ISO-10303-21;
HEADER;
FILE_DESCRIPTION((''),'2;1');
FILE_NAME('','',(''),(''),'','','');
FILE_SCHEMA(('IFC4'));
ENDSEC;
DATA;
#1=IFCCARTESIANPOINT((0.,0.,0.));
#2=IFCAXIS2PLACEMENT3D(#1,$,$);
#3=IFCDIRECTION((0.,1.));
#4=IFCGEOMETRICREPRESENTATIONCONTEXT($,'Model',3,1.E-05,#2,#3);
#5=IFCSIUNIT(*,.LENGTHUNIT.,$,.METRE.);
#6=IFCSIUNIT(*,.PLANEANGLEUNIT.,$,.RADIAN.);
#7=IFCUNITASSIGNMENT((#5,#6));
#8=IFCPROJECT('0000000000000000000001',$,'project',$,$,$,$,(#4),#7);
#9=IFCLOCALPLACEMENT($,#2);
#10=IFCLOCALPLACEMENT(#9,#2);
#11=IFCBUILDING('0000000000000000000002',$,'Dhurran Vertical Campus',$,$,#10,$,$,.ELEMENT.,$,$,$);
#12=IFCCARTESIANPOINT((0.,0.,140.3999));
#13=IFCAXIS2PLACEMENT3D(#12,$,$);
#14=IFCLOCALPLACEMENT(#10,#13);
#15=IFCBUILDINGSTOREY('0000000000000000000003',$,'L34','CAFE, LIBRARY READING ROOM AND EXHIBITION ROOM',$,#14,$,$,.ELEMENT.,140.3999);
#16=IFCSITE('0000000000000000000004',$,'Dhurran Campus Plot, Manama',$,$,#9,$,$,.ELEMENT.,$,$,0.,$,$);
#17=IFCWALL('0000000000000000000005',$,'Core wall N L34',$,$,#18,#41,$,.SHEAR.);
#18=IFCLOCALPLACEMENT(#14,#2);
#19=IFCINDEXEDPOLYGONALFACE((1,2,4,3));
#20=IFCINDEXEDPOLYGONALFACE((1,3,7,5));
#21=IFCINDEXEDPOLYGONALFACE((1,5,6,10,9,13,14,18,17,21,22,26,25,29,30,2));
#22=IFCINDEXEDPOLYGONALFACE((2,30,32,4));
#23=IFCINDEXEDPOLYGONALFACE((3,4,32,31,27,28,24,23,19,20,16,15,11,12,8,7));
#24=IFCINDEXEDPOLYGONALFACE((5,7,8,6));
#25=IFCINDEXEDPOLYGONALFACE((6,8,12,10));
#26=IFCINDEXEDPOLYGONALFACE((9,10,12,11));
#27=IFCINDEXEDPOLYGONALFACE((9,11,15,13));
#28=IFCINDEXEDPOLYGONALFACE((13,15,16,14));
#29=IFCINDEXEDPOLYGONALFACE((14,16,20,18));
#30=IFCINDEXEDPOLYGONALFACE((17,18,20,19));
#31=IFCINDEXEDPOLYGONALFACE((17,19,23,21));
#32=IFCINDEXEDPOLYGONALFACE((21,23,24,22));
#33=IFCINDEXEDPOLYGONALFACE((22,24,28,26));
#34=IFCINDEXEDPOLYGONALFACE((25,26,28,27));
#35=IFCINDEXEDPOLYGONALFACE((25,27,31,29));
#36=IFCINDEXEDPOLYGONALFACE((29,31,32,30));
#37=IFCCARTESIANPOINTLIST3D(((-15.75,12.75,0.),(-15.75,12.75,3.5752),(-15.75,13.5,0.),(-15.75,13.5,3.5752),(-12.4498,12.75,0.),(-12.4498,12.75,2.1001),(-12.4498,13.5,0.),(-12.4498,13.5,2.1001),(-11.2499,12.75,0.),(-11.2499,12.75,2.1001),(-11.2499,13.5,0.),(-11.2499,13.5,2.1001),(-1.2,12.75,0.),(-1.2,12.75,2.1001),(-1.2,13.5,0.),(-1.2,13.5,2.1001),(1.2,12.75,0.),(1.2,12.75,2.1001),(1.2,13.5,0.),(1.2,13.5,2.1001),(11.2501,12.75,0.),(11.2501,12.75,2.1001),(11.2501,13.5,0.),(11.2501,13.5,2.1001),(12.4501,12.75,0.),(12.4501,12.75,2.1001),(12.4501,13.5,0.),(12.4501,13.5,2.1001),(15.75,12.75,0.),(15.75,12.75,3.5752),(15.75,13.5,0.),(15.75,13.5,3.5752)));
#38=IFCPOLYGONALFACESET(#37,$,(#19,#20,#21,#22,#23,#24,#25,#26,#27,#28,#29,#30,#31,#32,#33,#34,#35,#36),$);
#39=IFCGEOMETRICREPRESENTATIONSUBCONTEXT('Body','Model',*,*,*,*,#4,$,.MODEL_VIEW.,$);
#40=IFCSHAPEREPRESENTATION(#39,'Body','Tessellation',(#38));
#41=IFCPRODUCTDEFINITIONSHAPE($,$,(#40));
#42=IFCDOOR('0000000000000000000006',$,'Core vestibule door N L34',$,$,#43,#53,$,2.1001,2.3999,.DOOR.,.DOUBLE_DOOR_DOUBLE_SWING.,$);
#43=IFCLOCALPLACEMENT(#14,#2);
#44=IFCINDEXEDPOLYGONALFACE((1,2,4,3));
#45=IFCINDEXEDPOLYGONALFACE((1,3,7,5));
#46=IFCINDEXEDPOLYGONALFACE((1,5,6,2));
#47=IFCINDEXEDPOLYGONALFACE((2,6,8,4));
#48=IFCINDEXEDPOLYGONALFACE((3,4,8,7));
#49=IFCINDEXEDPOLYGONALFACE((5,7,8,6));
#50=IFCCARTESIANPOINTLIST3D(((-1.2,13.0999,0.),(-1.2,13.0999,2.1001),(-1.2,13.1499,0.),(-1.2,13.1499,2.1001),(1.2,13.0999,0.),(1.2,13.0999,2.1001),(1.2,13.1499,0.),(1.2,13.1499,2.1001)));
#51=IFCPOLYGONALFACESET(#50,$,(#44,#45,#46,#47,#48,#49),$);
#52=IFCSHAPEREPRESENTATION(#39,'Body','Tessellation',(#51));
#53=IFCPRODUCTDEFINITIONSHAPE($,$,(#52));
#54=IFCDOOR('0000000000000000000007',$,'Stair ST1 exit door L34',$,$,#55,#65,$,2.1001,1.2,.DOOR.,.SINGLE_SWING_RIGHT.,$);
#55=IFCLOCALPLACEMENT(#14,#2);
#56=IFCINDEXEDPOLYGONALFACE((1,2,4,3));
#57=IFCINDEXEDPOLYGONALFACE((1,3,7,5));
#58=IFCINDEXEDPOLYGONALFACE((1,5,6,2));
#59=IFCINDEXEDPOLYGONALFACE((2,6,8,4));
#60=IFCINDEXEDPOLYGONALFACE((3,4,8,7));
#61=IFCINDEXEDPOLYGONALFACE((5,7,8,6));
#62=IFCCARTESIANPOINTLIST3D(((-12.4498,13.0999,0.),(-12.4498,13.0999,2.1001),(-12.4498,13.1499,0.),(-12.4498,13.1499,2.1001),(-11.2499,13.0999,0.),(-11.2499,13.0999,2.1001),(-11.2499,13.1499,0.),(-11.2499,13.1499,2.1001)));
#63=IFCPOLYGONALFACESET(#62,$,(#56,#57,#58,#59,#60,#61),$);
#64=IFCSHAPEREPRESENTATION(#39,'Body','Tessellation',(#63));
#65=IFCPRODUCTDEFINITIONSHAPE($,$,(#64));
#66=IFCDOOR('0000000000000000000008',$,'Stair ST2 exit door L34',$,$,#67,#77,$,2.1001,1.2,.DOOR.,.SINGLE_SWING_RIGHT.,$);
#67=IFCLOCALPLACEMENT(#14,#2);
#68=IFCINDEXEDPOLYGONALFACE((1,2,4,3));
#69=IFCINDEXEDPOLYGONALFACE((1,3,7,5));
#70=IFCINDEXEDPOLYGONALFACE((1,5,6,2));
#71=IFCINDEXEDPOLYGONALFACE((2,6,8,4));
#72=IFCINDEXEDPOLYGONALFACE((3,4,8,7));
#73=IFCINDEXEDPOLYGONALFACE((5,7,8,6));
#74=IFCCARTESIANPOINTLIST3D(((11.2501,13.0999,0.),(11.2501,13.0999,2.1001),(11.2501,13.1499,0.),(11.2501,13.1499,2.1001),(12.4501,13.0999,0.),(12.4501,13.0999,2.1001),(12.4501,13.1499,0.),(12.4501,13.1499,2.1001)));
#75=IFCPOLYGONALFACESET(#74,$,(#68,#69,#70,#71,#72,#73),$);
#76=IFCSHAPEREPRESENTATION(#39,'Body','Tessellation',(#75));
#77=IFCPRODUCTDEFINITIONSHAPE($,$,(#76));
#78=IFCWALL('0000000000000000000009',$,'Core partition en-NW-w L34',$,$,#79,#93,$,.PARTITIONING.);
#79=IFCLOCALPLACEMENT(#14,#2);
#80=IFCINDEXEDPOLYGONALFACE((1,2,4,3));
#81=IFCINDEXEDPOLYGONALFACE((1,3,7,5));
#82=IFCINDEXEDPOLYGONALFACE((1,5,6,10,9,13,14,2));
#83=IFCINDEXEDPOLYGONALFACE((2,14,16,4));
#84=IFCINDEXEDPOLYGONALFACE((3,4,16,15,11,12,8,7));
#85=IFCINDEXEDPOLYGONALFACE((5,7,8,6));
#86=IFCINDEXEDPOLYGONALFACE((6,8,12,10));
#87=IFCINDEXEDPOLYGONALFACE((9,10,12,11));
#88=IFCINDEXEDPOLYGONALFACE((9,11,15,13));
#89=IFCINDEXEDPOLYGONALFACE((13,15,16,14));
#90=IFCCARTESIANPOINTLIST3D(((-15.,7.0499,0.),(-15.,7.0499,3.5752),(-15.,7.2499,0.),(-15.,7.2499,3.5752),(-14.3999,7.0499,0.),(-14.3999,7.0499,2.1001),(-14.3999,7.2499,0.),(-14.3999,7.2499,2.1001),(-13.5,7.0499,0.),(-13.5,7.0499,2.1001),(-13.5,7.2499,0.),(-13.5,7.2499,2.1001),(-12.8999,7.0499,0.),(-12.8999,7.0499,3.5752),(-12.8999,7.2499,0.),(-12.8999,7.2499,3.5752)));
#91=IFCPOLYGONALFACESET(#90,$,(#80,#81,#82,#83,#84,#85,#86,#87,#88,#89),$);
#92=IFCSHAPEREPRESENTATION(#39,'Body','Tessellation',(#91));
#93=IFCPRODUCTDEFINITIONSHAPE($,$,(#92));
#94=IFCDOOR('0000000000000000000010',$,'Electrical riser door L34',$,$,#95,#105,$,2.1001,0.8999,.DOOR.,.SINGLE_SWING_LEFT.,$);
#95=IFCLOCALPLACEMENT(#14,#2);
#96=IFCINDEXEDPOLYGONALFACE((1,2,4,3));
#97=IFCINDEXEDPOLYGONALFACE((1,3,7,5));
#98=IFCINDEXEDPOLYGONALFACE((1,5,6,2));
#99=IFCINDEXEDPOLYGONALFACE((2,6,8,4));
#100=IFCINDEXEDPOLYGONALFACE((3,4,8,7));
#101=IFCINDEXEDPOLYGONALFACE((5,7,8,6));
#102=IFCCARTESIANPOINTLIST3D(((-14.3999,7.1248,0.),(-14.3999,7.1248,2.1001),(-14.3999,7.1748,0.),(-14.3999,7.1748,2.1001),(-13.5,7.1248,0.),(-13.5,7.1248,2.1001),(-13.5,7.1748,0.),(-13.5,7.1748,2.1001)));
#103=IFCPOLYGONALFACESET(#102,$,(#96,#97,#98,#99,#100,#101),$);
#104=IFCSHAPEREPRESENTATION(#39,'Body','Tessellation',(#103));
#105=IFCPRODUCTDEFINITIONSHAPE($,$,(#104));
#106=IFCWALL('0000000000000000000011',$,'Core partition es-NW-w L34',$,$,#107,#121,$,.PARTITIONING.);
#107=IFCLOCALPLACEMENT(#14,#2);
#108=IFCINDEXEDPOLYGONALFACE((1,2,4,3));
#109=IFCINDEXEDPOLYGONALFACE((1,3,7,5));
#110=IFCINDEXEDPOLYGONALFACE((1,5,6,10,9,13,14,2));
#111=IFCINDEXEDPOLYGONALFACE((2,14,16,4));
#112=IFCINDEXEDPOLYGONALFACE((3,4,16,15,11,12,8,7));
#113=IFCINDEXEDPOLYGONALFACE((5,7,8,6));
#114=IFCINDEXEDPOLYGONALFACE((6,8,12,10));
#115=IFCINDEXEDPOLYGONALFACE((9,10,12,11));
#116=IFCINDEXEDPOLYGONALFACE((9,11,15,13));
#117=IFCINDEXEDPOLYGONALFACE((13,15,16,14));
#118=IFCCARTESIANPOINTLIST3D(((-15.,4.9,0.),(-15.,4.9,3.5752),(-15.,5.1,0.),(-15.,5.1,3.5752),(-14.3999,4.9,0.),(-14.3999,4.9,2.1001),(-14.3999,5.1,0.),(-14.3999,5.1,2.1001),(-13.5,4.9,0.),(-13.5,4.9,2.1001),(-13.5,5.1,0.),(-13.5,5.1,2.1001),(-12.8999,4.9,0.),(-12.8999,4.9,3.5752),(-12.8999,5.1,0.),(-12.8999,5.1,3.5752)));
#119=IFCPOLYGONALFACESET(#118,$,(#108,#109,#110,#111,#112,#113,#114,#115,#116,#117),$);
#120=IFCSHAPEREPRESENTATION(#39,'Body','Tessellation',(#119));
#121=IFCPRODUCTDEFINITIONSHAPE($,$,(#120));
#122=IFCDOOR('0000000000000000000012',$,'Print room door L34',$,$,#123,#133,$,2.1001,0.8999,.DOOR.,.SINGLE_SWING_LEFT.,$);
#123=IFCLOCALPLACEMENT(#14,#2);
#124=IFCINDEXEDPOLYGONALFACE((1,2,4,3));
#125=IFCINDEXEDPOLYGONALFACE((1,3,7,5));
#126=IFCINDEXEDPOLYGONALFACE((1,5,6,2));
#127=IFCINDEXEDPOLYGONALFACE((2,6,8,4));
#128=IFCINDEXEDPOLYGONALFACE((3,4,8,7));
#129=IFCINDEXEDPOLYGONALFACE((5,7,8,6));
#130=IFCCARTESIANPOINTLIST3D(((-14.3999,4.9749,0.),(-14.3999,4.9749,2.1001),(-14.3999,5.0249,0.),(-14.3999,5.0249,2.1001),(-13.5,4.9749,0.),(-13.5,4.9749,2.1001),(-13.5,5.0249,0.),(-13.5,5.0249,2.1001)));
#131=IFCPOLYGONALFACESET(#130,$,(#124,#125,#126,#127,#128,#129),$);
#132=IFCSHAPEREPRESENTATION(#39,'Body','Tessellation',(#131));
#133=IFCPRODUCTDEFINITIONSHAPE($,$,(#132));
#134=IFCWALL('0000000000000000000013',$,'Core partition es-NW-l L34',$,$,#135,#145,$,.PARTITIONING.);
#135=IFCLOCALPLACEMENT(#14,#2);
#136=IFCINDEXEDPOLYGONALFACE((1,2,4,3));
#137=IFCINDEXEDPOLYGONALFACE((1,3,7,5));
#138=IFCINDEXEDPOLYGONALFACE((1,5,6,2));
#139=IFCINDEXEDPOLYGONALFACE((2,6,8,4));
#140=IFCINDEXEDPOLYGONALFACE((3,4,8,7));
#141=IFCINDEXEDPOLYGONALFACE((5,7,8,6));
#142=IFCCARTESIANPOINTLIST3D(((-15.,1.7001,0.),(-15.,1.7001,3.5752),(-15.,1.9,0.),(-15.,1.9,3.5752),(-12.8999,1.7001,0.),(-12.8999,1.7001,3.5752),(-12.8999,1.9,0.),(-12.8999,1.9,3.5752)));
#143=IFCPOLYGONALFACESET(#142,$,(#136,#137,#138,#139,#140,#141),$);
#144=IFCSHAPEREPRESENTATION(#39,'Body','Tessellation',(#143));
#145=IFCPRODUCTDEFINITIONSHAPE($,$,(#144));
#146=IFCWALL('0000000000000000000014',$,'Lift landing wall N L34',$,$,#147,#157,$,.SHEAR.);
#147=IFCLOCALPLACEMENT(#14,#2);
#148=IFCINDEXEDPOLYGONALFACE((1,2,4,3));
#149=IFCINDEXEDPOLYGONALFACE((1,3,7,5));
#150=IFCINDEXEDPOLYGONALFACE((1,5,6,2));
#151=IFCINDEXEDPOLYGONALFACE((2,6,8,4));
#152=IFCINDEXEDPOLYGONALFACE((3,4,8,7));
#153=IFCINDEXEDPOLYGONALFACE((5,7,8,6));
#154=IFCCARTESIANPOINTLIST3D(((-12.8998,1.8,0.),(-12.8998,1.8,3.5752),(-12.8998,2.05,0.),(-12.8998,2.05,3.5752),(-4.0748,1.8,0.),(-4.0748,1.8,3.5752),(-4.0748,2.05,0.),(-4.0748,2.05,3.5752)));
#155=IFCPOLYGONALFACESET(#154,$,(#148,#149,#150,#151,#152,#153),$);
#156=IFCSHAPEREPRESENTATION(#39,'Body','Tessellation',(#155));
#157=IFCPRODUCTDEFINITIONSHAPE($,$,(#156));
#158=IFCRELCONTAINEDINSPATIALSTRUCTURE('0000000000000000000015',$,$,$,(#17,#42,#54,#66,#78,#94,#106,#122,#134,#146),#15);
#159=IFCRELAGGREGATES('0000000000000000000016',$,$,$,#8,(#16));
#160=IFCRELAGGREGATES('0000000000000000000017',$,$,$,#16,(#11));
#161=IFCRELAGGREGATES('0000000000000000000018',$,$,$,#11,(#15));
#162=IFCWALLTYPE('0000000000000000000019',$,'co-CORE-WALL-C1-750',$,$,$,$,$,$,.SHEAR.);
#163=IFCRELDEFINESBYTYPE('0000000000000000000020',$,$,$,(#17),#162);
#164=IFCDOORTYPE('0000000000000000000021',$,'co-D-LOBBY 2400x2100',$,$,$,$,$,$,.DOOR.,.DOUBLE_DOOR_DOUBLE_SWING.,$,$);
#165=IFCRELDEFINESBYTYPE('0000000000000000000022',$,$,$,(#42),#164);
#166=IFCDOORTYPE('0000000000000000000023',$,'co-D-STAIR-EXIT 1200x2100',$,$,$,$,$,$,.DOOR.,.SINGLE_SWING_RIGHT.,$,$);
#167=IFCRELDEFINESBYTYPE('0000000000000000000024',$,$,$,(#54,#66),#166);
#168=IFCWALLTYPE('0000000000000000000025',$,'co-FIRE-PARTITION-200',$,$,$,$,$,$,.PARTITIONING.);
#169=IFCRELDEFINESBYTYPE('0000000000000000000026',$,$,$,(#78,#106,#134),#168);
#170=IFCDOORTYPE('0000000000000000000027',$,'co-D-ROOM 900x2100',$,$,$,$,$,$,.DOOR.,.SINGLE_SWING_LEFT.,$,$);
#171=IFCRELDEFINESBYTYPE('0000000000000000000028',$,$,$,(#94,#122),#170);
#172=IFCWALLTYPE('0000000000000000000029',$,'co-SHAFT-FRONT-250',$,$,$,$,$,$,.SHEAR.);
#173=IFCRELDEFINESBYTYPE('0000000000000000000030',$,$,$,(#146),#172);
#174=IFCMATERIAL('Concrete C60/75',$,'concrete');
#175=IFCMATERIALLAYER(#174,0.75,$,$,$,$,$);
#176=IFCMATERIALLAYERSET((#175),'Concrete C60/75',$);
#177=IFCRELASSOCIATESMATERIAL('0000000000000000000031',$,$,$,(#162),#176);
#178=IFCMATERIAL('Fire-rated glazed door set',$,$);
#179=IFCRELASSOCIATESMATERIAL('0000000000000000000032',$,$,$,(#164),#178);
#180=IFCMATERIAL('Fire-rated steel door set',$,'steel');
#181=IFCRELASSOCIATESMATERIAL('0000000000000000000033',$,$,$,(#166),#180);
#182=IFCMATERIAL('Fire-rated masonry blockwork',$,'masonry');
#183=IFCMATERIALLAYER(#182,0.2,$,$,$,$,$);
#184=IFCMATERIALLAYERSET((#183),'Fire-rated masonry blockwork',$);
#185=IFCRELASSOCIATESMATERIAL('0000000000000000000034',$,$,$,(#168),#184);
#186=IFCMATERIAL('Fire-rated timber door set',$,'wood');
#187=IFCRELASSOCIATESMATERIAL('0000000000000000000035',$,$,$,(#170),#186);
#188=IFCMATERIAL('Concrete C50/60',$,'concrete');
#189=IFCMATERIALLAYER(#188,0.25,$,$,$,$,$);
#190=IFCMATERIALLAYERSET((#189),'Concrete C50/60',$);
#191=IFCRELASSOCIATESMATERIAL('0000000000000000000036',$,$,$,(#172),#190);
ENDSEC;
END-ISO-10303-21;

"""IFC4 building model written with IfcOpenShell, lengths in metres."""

from ifc_helpers import new_model, si_unit, direction, frame, frame_2d, origin, place, context, subcontext, project, spatial, rectangle, extrude, material, layer, layer_set, type_object, element, fill, save


model = new_model("IFC4")

# Units and contexts
model_context = context("Model", 3, precision=1e-05, world=origin(), true_north=direction((0.0, 1.0)))
body_context = subcontext(model_context, "Body", "Model", "MODEL_VIEW")
ifc_project = project(units=[si_unit("LENGTHUNIT", "METRE"), si_unit("PLANEANGLEUNIT", "RADIAN")], contexts=[model_context])

# Site, building, storey
site_placement = place(None, origin())
site = spatial("IfcSite", under=ifc_project, at=site_placement, Name="Dhurran Campus Plot, Manama", CompositionType="ELEMENT", RefElevation=0.0)
building_placement = place(site_placement, origin())
building = spatial("IfcBuilding", under=site, at=building_placement, Name="Dhurran Vertical Campus", CompositionType="ELEMENT")
storey_placement = place(building_placement, frame((0.0, 0.0, 140.3999)))
storey = spatial("IfcBuildingStorey", under=building, at=storey_placement, Name="L34", Description="CAFE, LIBRARY READING ROOM AND EXHIBITION ROOM", CompositionType="ELEMENT", Elevation=140.3999)

# Wall, openings, doors
ifc_material_1 = material(Name="Concrete C60/75", Category="concrete")
ifc_layer_1 = layer(ifc_material_1, 0.75)
ifc_layer_set_1 = layer_set([ifc_layer_1], Name="Concrete C60/75")
wall_type_1 = type_object("IfcWallType", Name="co-CORE-WALL-C1-750", PredefinedType="SHEAR", material=ifc_layer_set_1)
wall_1_placement = place(storey_placement, frame((-15.75, 13.125, 0.0), z_axis=(0.0, 0.0, 1.0), x_axis=(1.0, 0.0, 0.0)))
wall_1 = element("IfcWall", 1, at=wall_1_placement, inside=storey, type_object=wall_type_1, Name="Core wall N L34", PredefinedType="SHEAR", context=body_context, shape_type="SweptSolid", body=[
    extrude(rectangle(XDim=31.5, YDim=0.75, at=frame_2d((15.75, 0.0))), origin(), (0.0, 0.0, 1.0), 3.5752),
])
opening_1_placement = place(wall_1_placement, frame((14.55, 0.0, 0.0)))
opening_1 = element("IfcOpeningElement", 2, at=opening_1_placement, cuts=wall_1, PredefinedType="OPENING", context=body_context, shape_type="SweptSolid", body=[
    extrude(rectangle(XDim=2.3999, YDim=2.1001, at=frame_2d((1.2, 1.05))), frame((0.0, 0.385, 0.0), z_axis=(0.0, -1.0, 0.0), x_axis=(1.0, 0.0, 0.0)), (0.0, 0.0, 1.0), 0.77),
])
opening_2_placement = place(wall_1_placement, frame((3.3, 0.0, 0.0)))
opening_2 = element("IfcOpeningElement", 3, at=opening_2_placement, cuts=wall_1, PredefinedType="OPENING", context=body_context, shape_type="SweptSolid", body=[
    extrude(rectangle(XDim=1.2, YDim=2.1001, at=frame_2d((0.6001, 1.05))), frame((0.0, 0.385, 0.0), z_axis=(0.0, -1.0, 0.0), x_axis=(1.0, 0.0, 0.0)), (0.0, 0.0, 1.0), 0.77),
])
opening_3_placement = place(wall_1_placement, frame((27.0, 0.0, 0.0)))
opening_3 = element("IfcOpeningElement", 4, at=opening_3_placement, cuts=wall_1, PredefinedType="OPENING", context=body_context, shape_type="SweptSolid", body=[
    extrude(rectangle(XDim=1.2, YDim=2.1001, at=frame_2d((0.6001, 1.05))), frame((0.0, 0.385, 0.0), z_axis=(0.0, -1.0, 0.0), x_axis=(1.0, 0.0, 0.0)), (0.0, 0.0, 1.0), 0.77),
])
ifc_material_2 = material(Name="Fire-rated glazed door set")
door_type_1 = type_object("IfcDoorType", Name="co-D-LOBBY 2400x2100", OperationType="DOUBLE_DOOR_DOUBLE_SWING", PredefinedType="DOOR", material=ifc_material_2)
door_1_placement = place(opening_1_placement, origin())
door_1 = element("IfcDoor", 5, at=door_1_placement, inside=storey, type_object=door_type_1, Name="Core vestibule door N L34", OperationType="DOUBLE_DOOR_DOUBLE_SWING", OverallHeight=2.1001, OverallWidth=2.3999, PredefinedType="DOOR", context=body_context, shape_type="SweptSolid", body=[
    extrude(rectangle(XDim=2.3999, YDim=2.1001, at=frame_2d((1.2, 1.05))), frame((0.0, 0.0249, 0.0), z_axis=(0.0, -1.0, 0.0), x_axis=(1.0, 0.0, 0.0)), (0.0, 0.0, 1.0), 0.05),
])
fill(opening_1, door_1)
ifc_material_3 = material(Name="Fire-rated steel door set", Category="steel")
door_type_2 = type_object("IfcDoorType", Name="co-D-STAIR-EXIT 1200x2100", OperationType="SINGLE_SWING_RIGHT", PredefinedType="DOOR", material=ifc_material_3)
door_2_placement = place(opening_2_placement, origin())
door_2 = element("IfcDoor", 6, at=door_2_placement, inside=storey, type_object=door_type_2, Name="Stair ST1 exit door L34", OperationType="SINGLE_SWING_RIGHT", OverallHeight=2.1001, OverallWidth=1.2, PredefinedType="DOOR", context=body_context, shape_type="SweptSolid", body=[
    extrude(rectangle(XDim=1.2, YDim=2.1001, at=frame_2d((0.6001, 1.05))), frame((0.0, 0.0249, 0.0), z_axis=(0.0, -1.0, 0.0), x_axis=(1.0, 0.0, 0.0)), (0.0, 0.0, 1.0), 0.05),
])
fill(opening_2, door_2)
door_3_placement = place(opening_3_placement, origin())
door_3 = element("IfcDoor", 7, at=door_3_placement, inside=storey, type_object=door_type_2, Name="Stair ST2 exit door L34", OperationType="SINGLE_SWING_RIGHT", OverallHeight=2.1001, OverallWidth=1.2, PredefinedType="DOOR", context=body_context, shape_type="SweptSolid", body=[
    extrude(rectangle(XDim=1.2, YDim=2.1001, at=frame_2d((0.6001, 1.05))), frame((0.0, 0.0249, 0.0), z_axis=(0.0, -1.0, 0.0), x_axis=(1.0, 0.0, 0.0)), (0.0, 0.0, 1.0), 0.05),
])
fill(opening_3, door_3)

# Walls, openings, doors
ifc_material_4 = material(Name="Fire-rated masonry blockwork", Category="masonry")
ifc_layer_2 = layer(ifc_material_4, 0.2)
ifc_layer_set_2 = layer_set([ifc_layer_2], Name="Fire-rated masonry blockwork")
wall_type_2 = type_object("IfcWallType", Name="co-FIRE-PARTITION-200", PredefinedType="PARTITIONING", material=ifc_layer_set_2)
wall_2_placement = place(storey_placement, frame((-15.0, 7.1499, 0.0), z_axis=(0.0, 0.0, 1.0), x_axis=(1.0, 0.0, 0.0)))
wall_2 = element("IfcWall", 8, at=wall_2_placement, inside=storey, type_object=wall_type_2, Name="Core partition en-NW-w L34", PredefinedType="PARTITIONING", context=body_context, shape_type="SweptSolid", body=[
    extrude(rectangle(XDim=2.1001, YDim=0.2, at=frame_2d((1.05, 0.0))), origin(), (0.0, 0.0, 1.0), 3.5752),
])
opening_4_placement = place(wall_2_placement, frame((0.6001, 0.0, 0.0)))
opening_4 = element("IfcOpeningElement", 9, at=opening_4_placement, cuts=wall_2, PredefinedType="OPENING", context=body_context, shape_type="SweptSolid", body=[
    extrude(rectangle(XDim=0.8999, YDim=2.1001, at=frame_2d((0.45, 1.05))), frame((0.0, 0.1099, 0.0), z_axis=(0.0, -1.0, 0.0), x_axis=(1.0, 0.0, 0.0)), (0.0, 0.0, 1.0), 0.22),
])
ifc_material_5 = material(Name="Fire-rated timber door set", Category="wood")
door_type_3 = type_object("IfcDoorType", Name="co-D-ROOM 900x2100", OperationType="SINGLE_SWING_LEFT", PredefinedType="DOOR", material=ifc_material_5)
door_4_placement = place(opening_4_placement, origin())
door_4 = element("IfcDoor", 10, at=door_4_placement, inside=storey, type_object=door_type_3, Name="Electrical riser door L34", OperationType="SINGLE_SWING_LEFT", OverallHeight=2.1001, OverallWidth=0.8999, PredefinedType="DOOR", context=body_context, shape_type="SweptSolid", body=[
    extrude(rectangle(XDim=0.8999, YDim=2.1001, at=frame_2d((0.45, 1.05))), frame((0.0, 0.0249, 0.0), z_axis=(0.0, -1.0, 0.0), x_axis=(1.0, 0.0, 0.0)), (0.0, 0.0, 1.0), 0.05),
])
fill(opening_4, door_4)
wall_3_placement = place(storey_placement, frame((-15.0, 5.0, 0.0), z_axis=(0.0, 0.0, 1.0), x_axis=(1.0, 0.0, 0.0)))
wall_3 = element("IfcWall", 11, at=wall_3_placement, inside=storey, type_object=wall_type_2, Name="Core partition es-NW-w L34", PredefinedType="PARTITIONING", context=body_context, shape_type="SweptSolid", body=[
    extrude(rectangle(XDim=2.1001, YDim=0.2, at=frame_2d((1.05, 0.0))), origin(), (0.0, 0.0, 1.0), 3.5752),
])
opening_5_placement = place(wall_3_placement, frame((0.6001, 0.0, 0.0)))
opening_5 = element("IfcOpeningElement", 12, at=opening_5_placement, cuts=wall_3, PredefinedType="OPENING", context=body_context, shape_type="SweptSolid", body=[
    extrude(rectangle(XDim=0.8999, YDim=2.1001, at=frame_2d((0.45, 1.05))), frame((0.0, 0.1099, 0.0), z_axis=(0.0, -1.0, 0.0), x_axis=(1.0, 0.0, 0.0)), (0.0, 0.0, 1.0), 0.22),
])
door_5_placement = place(opening_5_placement, origin())
door_5 = element("IfcDoor", 13, at=door_5_placement, inside=storey, type_object=door_type_3, Name="Print room door L34", OperationType="SINGLE_SWING_LEFT", OverallHeight=2.1001, OverallWidth=0.8999, PredefinedType="DOOR", context=body_context, shape_type="SweptSolid", body=[
    extrude(rectangle(XDim=0.8999, YDim=2.1001, at=frame_2d((0.45, 1.05))), frame((0.0, 0.0249, 0.0), z_axis=(0.0, -1.0, 0.0), x_axis=(1.0, 0.0, 0.0)), (0.0, 0.0, 1.0), 0.05),
])
fill(opening_5, door_5)

# Walls
wall_4_placement = place(storey_placement, frame((-15.0, 1.8, 0.0), z_axis=(0.0, 0.0, 1.0), x_axis=(1.0, 0.0, 0.0)))
element("IfcWall", 14, at=wall_4_placement, inside=storey, type_object=wall_type_2, Name="Core partition es-NW-l L34", PredefinedType="PARTITIONING", context=body_context, shape_type="SweptSolid", body=[
    extrude(rectangle(XDim=2.1001, YDim=0.2, at=frame_2d((1.05, 0.0))), origin(), (0.0, 0.0, 1.0), 3.5752),
])
ifc_material_6 = material(Name="Concrete C50/60", Category="concrete")
ifc_layer_3 = layer(ifc_material_6, 0.25)
ifc_layer_set_3 = layer_set([ifc_layer_3], Name="Concrete C50/60")
wall_type_3 = type_object("IfcWallType", Name="co-SHAFT-FRONT-250", PredefinedType="SHEAR", material=ifc_layer_set_3)
wall_5_placement = place(storey_placement, frame((-12.8999, 1.925, 0.0), z_axis=(0.0, 0.0, 1.0), x_axis=(1.0, 0.0, 0.0)))
element("IfcWall", 15, at=wall_5_placement, inside=storey, type_object=wall_type_3, Name="Lift landing wall N L34", PredefinedType="SHEAR", context=body_context, shape_type="SweptSolid", body=[
    extrude(rectangle(XDim=8.825, YDim=0.25, at=frame_2d((4.4126, 0.0))), origin(), (0.0, 0.0, 1.0), 3.5752),
])

save(model, "model.ifc")
